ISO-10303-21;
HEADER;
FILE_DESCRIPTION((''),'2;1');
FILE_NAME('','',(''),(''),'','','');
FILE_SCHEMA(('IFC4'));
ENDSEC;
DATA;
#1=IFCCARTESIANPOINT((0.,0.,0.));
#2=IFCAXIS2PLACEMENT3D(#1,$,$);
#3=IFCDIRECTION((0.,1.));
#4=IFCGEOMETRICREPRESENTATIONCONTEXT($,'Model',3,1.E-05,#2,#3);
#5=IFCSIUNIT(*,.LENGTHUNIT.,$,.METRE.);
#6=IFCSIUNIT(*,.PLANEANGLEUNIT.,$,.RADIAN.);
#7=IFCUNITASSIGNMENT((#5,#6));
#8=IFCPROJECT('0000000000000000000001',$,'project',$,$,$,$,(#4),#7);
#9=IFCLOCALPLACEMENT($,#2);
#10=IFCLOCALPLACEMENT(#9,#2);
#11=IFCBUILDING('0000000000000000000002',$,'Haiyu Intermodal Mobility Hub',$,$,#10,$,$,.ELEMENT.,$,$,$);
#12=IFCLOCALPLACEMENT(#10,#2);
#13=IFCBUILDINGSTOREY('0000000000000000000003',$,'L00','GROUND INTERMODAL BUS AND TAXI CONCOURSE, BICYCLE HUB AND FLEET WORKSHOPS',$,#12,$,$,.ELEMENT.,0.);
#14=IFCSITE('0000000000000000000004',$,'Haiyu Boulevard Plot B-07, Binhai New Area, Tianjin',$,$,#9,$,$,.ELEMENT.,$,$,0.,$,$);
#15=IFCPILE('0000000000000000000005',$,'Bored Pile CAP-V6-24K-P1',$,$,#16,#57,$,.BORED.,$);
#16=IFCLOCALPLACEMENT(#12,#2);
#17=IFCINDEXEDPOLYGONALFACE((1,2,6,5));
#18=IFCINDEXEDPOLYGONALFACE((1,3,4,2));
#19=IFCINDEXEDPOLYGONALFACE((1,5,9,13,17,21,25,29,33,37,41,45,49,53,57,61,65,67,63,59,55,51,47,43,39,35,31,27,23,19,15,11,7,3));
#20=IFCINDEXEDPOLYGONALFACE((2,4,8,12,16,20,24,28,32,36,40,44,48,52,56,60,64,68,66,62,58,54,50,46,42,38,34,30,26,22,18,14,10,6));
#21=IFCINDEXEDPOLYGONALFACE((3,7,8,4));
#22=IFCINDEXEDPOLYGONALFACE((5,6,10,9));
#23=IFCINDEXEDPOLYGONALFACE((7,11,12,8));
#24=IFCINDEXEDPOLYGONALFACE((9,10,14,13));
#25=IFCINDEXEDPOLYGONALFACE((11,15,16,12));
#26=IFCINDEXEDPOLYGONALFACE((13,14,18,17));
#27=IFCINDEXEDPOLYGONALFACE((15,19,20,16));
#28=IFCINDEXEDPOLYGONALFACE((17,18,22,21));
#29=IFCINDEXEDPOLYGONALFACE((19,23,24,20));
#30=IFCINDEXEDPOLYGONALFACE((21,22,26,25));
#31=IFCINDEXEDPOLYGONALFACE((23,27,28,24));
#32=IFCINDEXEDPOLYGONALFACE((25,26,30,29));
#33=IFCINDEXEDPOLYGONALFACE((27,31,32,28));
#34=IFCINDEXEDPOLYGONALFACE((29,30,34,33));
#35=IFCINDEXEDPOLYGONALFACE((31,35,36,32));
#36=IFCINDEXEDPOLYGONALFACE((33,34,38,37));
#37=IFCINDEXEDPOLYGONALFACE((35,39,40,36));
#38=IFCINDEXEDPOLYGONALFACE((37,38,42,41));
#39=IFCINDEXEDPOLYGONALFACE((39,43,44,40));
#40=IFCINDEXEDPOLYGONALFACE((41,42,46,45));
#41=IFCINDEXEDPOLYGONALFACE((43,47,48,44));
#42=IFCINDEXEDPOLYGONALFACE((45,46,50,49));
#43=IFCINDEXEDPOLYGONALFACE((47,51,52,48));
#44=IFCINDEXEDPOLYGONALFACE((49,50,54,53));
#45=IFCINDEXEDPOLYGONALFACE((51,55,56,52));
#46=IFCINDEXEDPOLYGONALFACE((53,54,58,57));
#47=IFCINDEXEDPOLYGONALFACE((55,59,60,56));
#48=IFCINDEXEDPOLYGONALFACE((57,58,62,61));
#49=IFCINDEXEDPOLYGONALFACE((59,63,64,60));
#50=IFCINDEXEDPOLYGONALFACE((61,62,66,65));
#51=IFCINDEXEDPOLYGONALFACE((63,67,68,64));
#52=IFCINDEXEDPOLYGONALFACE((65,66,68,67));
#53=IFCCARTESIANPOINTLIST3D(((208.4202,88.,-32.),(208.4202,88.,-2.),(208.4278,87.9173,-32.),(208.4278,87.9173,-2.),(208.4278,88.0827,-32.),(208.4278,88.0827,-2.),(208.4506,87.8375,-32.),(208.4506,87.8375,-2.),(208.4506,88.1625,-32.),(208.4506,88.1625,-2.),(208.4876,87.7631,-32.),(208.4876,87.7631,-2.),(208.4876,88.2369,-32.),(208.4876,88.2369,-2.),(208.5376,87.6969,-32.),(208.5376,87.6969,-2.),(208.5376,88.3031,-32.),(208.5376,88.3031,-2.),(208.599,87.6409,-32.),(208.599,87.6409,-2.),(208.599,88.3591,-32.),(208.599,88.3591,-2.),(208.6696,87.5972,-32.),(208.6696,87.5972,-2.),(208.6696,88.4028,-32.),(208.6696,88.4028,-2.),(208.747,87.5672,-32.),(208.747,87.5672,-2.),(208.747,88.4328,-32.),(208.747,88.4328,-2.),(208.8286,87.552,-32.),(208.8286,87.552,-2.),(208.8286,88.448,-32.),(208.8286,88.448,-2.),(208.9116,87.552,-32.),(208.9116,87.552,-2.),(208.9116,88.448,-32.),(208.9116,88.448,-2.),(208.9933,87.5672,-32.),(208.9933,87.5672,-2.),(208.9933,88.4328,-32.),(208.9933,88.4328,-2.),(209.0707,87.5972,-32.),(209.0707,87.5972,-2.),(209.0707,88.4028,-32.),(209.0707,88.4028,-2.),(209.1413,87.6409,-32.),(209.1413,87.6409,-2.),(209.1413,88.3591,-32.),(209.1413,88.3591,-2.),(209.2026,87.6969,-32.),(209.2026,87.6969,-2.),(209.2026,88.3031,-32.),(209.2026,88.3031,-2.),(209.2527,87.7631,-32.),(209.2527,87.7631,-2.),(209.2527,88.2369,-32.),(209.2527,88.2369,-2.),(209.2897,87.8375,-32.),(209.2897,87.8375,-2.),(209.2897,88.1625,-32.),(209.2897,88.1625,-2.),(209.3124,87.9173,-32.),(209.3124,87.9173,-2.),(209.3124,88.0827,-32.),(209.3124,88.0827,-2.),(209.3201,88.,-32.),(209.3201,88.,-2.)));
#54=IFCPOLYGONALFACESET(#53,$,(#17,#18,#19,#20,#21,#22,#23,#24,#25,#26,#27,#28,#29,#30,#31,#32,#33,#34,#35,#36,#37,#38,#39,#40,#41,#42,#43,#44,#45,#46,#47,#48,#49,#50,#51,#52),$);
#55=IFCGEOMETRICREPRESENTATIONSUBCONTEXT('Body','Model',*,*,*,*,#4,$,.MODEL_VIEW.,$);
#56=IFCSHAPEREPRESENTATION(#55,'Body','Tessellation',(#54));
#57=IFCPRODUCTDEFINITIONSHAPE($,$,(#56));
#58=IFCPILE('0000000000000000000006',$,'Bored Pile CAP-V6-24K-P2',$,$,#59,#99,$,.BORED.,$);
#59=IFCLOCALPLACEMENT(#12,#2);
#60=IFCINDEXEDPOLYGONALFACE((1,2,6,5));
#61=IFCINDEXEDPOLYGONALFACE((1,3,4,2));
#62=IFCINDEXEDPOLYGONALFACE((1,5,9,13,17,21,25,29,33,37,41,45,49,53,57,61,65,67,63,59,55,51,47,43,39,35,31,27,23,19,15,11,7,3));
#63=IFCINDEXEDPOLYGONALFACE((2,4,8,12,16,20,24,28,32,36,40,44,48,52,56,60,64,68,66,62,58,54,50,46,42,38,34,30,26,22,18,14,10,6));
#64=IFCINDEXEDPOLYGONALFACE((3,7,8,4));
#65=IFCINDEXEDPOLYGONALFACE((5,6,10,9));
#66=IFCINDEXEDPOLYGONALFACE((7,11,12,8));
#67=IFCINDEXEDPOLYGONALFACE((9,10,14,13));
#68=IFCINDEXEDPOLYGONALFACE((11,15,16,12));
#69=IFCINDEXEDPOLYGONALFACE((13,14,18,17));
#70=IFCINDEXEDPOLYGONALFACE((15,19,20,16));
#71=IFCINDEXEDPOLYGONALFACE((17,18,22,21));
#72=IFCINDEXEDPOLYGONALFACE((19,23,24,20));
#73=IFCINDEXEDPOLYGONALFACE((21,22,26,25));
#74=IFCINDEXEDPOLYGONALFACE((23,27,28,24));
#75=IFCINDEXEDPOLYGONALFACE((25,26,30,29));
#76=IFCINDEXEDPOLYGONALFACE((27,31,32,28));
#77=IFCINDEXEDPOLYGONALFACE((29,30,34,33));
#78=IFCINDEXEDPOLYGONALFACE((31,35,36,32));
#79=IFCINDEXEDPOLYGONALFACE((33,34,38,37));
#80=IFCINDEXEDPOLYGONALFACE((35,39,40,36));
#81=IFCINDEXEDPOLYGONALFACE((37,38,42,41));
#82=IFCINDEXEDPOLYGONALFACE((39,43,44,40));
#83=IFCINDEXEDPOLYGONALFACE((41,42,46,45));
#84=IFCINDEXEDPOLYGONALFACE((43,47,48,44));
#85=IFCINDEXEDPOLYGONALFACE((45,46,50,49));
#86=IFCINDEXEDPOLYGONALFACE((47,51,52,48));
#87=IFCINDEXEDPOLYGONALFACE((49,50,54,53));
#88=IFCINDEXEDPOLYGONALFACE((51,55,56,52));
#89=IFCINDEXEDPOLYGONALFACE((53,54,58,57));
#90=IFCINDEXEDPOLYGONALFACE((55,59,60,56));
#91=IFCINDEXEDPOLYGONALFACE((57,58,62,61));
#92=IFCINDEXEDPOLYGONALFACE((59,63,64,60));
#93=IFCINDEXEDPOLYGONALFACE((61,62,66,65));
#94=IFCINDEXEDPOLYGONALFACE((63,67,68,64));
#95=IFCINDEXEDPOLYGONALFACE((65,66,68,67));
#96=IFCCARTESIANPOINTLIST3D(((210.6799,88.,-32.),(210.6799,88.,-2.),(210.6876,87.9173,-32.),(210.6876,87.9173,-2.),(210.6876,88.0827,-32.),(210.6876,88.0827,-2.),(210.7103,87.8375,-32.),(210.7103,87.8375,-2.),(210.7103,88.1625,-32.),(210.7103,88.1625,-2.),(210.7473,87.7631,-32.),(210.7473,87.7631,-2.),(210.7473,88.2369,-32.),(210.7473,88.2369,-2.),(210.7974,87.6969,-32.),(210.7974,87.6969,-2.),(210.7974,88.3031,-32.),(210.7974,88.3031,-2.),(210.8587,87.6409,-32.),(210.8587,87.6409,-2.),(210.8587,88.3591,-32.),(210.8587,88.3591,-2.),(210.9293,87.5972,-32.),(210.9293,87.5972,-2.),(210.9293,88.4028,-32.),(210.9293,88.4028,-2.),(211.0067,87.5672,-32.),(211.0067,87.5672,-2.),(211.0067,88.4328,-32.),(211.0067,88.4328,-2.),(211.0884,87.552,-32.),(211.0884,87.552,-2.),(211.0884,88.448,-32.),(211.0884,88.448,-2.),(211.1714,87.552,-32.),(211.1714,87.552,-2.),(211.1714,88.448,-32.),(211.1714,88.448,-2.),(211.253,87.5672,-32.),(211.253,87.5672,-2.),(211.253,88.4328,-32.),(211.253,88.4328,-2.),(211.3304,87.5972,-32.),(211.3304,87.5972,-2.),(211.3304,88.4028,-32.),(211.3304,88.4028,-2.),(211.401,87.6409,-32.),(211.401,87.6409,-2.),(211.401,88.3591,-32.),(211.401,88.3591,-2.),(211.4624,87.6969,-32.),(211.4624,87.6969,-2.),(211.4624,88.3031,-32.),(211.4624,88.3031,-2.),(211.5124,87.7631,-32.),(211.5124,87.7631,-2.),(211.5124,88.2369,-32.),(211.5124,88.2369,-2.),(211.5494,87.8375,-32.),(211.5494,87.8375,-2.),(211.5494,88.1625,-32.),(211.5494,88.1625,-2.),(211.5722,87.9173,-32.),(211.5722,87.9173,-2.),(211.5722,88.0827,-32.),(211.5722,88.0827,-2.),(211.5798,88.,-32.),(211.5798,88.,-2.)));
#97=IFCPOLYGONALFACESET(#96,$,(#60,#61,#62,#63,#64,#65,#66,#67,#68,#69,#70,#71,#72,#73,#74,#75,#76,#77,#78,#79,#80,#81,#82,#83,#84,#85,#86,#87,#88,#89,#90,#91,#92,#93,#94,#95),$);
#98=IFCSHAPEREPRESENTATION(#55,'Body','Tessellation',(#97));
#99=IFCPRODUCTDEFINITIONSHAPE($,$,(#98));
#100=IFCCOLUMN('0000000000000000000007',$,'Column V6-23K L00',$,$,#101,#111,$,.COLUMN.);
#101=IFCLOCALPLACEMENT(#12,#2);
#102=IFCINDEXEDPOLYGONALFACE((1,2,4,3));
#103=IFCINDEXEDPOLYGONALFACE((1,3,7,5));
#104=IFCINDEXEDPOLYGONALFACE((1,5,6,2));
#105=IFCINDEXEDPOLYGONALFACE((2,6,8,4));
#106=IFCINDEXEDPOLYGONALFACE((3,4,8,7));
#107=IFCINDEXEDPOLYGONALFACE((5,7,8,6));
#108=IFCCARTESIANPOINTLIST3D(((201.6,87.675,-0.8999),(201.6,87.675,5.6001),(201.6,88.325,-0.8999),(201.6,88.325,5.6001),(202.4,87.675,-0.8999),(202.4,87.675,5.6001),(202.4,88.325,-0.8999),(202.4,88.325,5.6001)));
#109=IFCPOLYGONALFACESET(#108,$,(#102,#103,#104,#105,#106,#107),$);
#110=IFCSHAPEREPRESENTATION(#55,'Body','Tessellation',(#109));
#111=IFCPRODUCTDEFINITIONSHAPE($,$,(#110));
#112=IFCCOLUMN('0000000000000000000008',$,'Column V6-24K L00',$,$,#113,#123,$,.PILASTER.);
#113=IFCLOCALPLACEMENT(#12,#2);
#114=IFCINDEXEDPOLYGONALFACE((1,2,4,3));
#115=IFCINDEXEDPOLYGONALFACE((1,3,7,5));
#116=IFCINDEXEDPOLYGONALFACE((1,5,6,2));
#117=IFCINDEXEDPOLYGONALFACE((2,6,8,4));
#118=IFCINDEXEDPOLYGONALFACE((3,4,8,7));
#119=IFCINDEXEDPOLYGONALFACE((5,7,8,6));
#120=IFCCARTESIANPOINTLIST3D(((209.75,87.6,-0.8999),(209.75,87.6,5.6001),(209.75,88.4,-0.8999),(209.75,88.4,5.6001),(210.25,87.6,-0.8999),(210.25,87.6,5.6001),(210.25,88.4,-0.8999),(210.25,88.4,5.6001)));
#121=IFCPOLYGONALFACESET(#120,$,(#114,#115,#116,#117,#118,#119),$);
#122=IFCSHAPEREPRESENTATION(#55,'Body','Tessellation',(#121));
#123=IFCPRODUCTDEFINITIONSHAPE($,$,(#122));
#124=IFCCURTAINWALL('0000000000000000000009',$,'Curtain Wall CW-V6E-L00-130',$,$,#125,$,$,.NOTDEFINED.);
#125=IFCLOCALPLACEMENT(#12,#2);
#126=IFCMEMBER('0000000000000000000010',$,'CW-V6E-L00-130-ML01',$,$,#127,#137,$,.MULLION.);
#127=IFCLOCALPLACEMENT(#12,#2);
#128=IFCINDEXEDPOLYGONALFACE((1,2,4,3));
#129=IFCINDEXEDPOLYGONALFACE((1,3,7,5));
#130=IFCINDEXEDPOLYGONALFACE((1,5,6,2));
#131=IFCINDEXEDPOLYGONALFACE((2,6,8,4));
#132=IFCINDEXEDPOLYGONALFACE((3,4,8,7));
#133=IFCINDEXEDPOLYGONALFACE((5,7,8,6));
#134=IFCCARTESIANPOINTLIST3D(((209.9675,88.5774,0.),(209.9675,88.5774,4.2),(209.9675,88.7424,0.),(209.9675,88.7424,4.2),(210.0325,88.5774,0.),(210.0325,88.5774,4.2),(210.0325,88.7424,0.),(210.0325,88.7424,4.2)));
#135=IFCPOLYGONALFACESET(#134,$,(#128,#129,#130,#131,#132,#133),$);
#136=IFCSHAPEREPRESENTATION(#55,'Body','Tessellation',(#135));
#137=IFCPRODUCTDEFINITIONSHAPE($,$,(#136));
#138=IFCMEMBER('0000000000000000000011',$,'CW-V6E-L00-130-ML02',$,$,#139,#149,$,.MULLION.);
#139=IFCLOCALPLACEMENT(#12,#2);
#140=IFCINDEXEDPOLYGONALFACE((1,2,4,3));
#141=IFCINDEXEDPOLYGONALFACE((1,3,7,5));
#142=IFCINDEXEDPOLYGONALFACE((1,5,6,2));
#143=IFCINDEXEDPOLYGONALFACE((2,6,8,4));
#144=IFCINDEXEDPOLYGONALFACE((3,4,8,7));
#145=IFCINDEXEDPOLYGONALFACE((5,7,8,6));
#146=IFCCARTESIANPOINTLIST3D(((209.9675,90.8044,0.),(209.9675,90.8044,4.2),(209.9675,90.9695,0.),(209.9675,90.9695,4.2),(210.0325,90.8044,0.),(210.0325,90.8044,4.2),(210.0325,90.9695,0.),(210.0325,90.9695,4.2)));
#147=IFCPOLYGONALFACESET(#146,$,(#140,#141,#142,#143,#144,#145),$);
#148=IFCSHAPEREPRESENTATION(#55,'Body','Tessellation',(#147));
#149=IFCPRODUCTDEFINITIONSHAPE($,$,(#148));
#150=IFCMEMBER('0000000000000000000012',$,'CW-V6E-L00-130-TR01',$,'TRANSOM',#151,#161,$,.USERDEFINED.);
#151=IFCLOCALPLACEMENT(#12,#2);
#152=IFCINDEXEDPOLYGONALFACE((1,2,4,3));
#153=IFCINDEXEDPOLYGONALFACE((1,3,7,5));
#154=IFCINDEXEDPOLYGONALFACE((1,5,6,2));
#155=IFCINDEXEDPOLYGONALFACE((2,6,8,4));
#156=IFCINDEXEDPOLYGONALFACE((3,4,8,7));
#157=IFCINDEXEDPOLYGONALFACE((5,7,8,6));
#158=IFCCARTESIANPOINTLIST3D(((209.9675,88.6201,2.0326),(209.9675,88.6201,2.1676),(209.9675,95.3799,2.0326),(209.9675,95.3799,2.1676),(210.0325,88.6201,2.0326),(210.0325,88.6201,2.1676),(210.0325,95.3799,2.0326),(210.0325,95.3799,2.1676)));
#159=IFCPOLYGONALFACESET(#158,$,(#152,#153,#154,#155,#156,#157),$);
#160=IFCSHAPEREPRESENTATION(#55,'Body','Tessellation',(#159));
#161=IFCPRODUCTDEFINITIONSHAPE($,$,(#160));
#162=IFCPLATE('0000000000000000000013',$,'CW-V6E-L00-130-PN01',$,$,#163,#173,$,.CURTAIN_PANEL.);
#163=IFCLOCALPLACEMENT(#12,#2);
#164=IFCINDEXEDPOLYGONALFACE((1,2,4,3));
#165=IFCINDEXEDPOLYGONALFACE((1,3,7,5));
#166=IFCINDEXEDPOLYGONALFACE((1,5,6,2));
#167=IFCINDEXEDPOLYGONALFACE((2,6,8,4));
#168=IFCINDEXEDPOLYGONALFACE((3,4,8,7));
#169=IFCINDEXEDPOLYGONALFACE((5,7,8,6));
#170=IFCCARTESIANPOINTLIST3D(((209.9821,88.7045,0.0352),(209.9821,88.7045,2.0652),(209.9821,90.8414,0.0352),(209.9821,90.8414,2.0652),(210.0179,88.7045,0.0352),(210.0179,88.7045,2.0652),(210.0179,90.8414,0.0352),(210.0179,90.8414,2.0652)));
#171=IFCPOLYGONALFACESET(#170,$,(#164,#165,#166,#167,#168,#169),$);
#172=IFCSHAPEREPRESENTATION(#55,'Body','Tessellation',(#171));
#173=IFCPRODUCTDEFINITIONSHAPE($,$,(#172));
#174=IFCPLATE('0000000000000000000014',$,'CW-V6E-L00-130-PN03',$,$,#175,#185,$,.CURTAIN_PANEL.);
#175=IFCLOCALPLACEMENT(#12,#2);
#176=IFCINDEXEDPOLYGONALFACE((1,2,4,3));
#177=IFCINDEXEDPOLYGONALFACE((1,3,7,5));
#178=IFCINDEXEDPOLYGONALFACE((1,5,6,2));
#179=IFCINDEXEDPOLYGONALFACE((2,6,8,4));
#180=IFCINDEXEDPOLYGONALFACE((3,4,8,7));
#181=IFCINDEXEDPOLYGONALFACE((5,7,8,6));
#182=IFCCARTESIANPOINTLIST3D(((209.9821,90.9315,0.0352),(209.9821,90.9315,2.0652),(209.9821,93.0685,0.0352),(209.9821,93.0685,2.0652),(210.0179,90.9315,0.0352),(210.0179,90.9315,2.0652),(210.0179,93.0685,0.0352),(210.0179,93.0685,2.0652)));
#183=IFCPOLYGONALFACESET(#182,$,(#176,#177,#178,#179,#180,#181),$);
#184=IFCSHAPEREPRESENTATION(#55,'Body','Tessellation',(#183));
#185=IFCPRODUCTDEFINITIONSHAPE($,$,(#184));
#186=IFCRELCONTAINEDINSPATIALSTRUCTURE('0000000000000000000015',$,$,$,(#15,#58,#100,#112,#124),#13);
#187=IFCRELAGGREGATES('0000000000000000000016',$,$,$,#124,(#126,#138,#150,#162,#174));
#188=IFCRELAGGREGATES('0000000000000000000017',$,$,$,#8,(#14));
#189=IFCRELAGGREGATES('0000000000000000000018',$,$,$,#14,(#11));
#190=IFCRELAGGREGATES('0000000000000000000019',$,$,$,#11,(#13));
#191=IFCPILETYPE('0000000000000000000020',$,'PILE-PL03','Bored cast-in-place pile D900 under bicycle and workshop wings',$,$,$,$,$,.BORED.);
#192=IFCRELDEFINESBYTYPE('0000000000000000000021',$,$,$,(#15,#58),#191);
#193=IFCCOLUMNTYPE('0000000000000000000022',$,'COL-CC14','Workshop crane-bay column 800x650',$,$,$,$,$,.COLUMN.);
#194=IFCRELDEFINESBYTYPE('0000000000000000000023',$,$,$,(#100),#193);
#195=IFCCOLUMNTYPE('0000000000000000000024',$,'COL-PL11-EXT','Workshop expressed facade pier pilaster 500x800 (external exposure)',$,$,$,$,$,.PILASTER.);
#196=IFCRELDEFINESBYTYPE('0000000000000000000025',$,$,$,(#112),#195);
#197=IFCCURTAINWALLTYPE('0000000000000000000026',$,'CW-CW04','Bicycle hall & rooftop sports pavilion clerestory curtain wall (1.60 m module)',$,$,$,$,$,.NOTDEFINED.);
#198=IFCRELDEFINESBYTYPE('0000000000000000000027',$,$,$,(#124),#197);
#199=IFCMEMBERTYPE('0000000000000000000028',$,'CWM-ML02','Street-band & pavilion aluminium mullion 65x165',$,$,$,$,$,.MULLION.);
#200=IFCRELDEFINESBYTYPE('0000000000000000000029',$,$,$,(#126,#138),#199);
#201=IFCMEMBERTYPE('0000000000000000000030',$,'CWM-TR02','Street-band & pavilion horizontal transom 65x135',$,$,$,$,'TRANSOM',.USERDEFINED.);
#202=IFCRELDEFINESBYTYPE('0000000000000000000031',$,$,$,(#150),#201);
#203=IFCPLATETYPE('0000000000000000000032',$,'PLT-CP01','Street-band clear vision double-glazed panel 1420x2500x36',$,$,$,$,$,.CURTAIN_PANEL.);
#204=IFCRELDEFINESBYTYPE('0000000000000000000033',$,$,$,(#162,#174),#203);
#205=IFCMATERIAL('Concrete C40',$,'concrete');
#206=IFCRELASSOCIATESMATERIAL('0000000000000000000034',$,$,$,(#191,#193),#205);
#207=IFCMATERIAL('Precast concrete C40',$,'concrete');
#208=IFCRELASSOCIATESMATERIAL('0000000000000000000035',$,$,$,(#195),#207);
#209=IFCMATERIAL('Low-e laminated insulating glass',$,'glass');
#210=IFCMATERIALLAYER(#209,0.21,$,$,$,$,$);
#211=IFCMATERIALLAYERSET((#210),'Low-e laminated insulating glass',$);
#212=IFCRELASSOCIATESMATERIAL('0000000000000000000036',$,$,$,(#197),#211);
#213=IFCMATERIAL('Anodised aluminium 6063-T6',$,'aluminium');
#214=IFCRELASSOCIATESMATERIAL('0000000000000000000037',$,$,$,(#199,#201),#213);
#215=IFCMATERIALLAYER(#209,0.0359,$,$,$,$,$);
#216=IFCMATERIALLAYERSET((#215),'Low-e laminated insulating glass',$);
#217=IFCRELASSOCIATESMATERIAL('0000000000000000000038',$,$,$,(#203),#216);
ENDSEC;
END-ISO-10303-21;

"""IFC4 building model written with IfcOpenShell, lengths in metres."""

from ifc_helpers import new_model, si_unit, direction, frame, origin, origin_2d, place, context, subcontext, project, spatial, rectangle, circle, extrude, material, layer, layer_set, material_profile, profile_set, type_object, element, aggregate, save


model = new_model("IFC4")

# Units and contexts
model_context = context("Model", 3, precision=1e-05, world=origin(), true_north=direction((0.0, 1.0)))
body_context = subcontext(model_context, "Body", "Model", "MODEL_VIEW")
ifc_project = project(units=[si_unit("LENGTHUNIT", "METRE"), si_unit("PLANEANGLEUNIT", "RADIAN")], contexts=[model_context])

# Site, building, storey
site_placement = place(None, origin())
site = spatial("IfcSite", under=ifc_project, at=site_placement, Name="Haiyu Boulevard Plot B-07, Binhai New Area, Tianjin", CompositionType="ELEMENT", RefElevation=0.0)
building_placement = place(site_placement, origin())
building = spatial("IfcBuilding", under=site, at=building_placement, Name="Haiyu Intermodal Mobility Hub", CompositionType="ELEMENT")
storey_placement = place(building_placement, origin())
storey = spatial("IfcBuildingStorey", under=building, at=storey_placement, Name="L00", Description="GROUND INTERMODAL BUS AND TAXI CONCOURSE, BICYCLE HUB AND FLEET WORKSHOPS", CompositionType="ELEMENT", Elevation=0.0)

# Shared definitions
ifc_material_1 = material(Name="Concrete C40", Category="concrete")

# Piles
ifc_material_profile_1 = material_profile(ifc_material_1, circle(Radius=0.45, at=origin_2d()), Name="PILE-D900")
ifc_profile_set_1 = profile_set([ifc_material_profile_1], Name="Concrete C40")
pile_type = type_object("IfcPileType", Name="PILE-PL03", Description="Bored cast-in-place pile D900 under bicycle and workshop wings", PredefinedType="BORED", material=ifc_profile_set_1)
for number, where, z_axis, x_axis, name in (
    (1, (208.8701, 88.0, -2.0), (0.0, 0.0, -1.0), (1.0, 0.0, 0.0), "Bored Pile CAP-V6-24K-P1"),
    (2, (211.1299, 88.0, -2.0), (0.0, 0.0, -1.0), (1.0, 0.0, 0.0), "Bored Pile CAP-V6-24K-P2"),
):
    element("IfcPile", number, at=place(storey_placement, frame(where, z_axis=z_axis, x_axis=x_axis)), inside=storey, type_object=pile_type, Name=name, PredefinedType="BORED", context=body_context, shape_type="SweptSolid", body=[
        extrude(circle(Radius=0.45, at=origin_2d()), origin(), (0.0, 0.0, 1.0), 30.0),
    ])

# Columns
ifc_material_profile_2 = material_profile(ifc_material_1, rectangle(XDim=0.8, YDim=0.6499, at=origin_2d()), Name="C800x650")
ifc_profile_set_2 = profile_set([ifc_material_profile_2], Name="Concrete C40")
column_type_1 = type_object("IfcColumnType", Name="COL-CC14", Description="Workshop crane-bay column 800x650", PredefinedType="COLUMN", material=ifc_profile_set_2)
column_1_placement = place(storey_placement, frame((202.0, 88.0, -0.8999), z_axis=(0.0, 0.0, 1.0), x_axis=(1.0, 0.0, 0.0)))
element("IfcColumn", 3, at=column_1_placement, inside=storey, type_object=column_type_1, Name="Column V6-23K L00", PredefinedType="COLUMN", context=body_context, shape_type="SweptSolid", body=[
    extrude(rectangle(XDim=0.8, YDim=0.6499, at=origin_2d()), origin(), (0.0, 0.0, 1.0), 6.5),
])
ifc_material_2 = material(Name="Precast concrete C40", Category="concrete")
ifc_material_profile_3 = material_profile(ifc_material_2, rectangle(XDim=0.5, YDim=0.8, at=origin_2d()), Name="RC500x800")
ifc_profile_set_3 = profile_set([ifc_material_profile_3], Name="Precast concrete C40")
column_type_2 = type_object("IfcColumnType", Name="COL-PL11-EXT", Description="Workshop expressed facade pier pilaster 500x800 (external exposure)", PredefinedType="PILASTER", material=ifc_profile_set_3)
column_2_placement = place(storey_placement, frame((210.0, 88.0, -0.8999), z_axis=(0.0, 0.0, 1.0), x_axis=(1.0, 0.0, 0.0)))
element("IfcColumn", 4, at=column_2_placement, inside=storey, type_object=column_type_2, Name="Column V6-24K L00", PredefinedType="PILASTER", context=body_context, shape_type="SweptSolid", body=[
    extrude(rectangle(XDim=0.5, YDim=0.8, at=origin_2d()), origin(), (0.0, 0.0, 1.0), 6.5),
])

# Curtain wall, members, plates
ifc_material_3 = material(Name="Low-e laminated insulating glass", Category="glass")
ifc_layer_1 = layer(ifc_material_3, 0.21)
ifc_layer_set_1 = layer_set([ifc_layer_1], Name="Low-e laminated insulating glass")
curtain_wall_type = type_object("IfcCurtainWallType", Name="CW-CW04", Description="Bicycle hall & rooftop sports pavilion clerestory curtain wall (1.60 m module)", PredefinedType="NOTDEFINED", material=ifc_layer_set_1)
curtain_wall_placement = place(storey_placement, origin())
curtain_wall = element("IfcCurtainWall", 5, at=curtain_wall_placement, inside=storey, type_object=curtain_wall_type, Name="Curtain Wall CW-V6E-L00-130", PredefinedType="NOTDEFINED")
ifc_material_4 = material(Name="Anodised aluminium 6063-T6", Category="aluminium")
ifc_material_profile_4 = material_profile(ifc_material_4, rectangle(XDim=0.0649, YDim=0.165, at=origin_2d()), Name="ALU65x165")
ifc_profile_set_4 = profile_set([ifc_material_profile_4], Name="Anodised aluminium 6063-T6")
member_type_1 = type_object("IfcMemberType", Name="CWM-ML02", Description="Street-band & pavilion aluminium mullion 65x165", PredefinedType="MULLION", material=ifc_profile_set_4)
member_1_placement = place(storey_placement, frame((210.0, 88.6599, 0.0), z_axis=(0.0, 0.0, 1.0), x_axis=(1.0, 0.0, 0.0)))
member_1 = element("IfcMember", 6, at=member_1_placement, type_object=member_type_1, Name="CW-V6E-L00-130-ML01", PredefinedType="MULLION", context=body_context, shape_type="SweptSolid", body=[
    extrude(rectangle(XDim=0.0649, YDim=0.165, at=origin_2d()), origin(), (0.0, 0.0, 1.0), 4.2),
])
member_2_placement = place(storey_placement, frame((210.0, 90.887, 0.0), z_axis=(0.0, 0.0, 1.0), x_axis=(1.0, 0.0, 0.0)))
member_2 = element("IfcMember", 7, at=member_2_placement, type_object=member_type_1, Name="CW-V6E-L00-130-ML02", PredefinedType="MULLION", context=body_context, shape_type="SweptSolid", body=[
    extrude(rectangle(XDim=0.0649, YDim=0.165, at=origin_2d()), origin(), (0.0, 0.0, 1.0), 4.2),
])
ifc_material_profile_5 = material_profile(ifc_material_4, rectangle(XDim=0.0649, YDim=0.135, at=origin_2d()), Name="ALU65x135")
ifc_profile_set_5 = profile_set([ifc_material_profile_5], Name="Anodised aluminium 6063-T6")
member_type_2 = type_object("IfcMemberType", Name="CWM-TR02", Description="Street-band & pavilion horizontal transom 65x135", ElementType="TRANSOM", PredefinedType="USERDEFINED", material=ifc_profile_set_5)
member_3_placement = place(storey_placement, frame((210.0, 88.6201, 2.1001), z_axis=(0.0, 1.0, 0.0), x_axis=(-1.0, 0.0, 0.0)))
member_3 = element("IfcMember", 8, at=member_3_placement, type_object=member_type_2, Name="CW-V6E-L00-130-TR01", ObjectType="TRANSOM", PredefinedType="USERDEFINED", context=body_context, shape_type="SweptSolid", body=[
    extrude(rectangle(XDim=0.0649, YDim=0.135, at=origin_2d()), origin(), (0.0, 0.0, 1.0), 6.7598),
])
ifc_layer_2 = layer(ifc_material_3, 0.0359)
ifc_layer_set_2 = layer_set([ifc_layer_2], Name="Low-e laminated insulating glass")
plate_type_1 = type_object("IfcPlateType", Name="PLT-CP01", Description="Street-band clear vision double-glazed panel 1420x2500x36", PredefinedType="CURTAIN_PANEL", material=ifc_layer_set_2)
plate_1_placement = place(storey_placement, frame((210.0, 89.7729, 0.0352), z_axis=(0.0, 0.0, 1.0), x_axis=(0.0, 1.0, 0.0)))
plate_1 = element("IfcPlate", 9, at=plate_1_placement, type_object=plate_type_1, Name="CW-V6E-L00-130-PN01", PredefinedType="CURTAIN_PANEL", context=body_context, shape_type="SweptSolid", body=[
    extrude(rectangle(XDim=2.137, YDim=0.0359, at=origin_2d()), origin(), (0.0, 0.0, 1.0), 2.03),
])
plate_2_placement = place(storey_placement, frame((210.0, 92.0, 0.0352), z_axis=(0.0, 0.0, 1.0), x_axis=(0.0, 1.0, 0.0)))
plate_2 = element("IfcPlate", 10, at=plate_2_placement, type_object=plate_type_1, Name="CW-V6E-L00-130-PN03", PredefinedType="CURTAIN_PANEL", context=body_context, shape_type="SweptSolid", body=[
    extrude(rectangle(XDim=2.137, YDim=0.0359, at=origin_2d()), origin(), (0.0, 0.0, 1.0), 2.03),
])
aggregate(curtain_wall, [member_1, member_2, member_3, plate_1, plate_2])

save(model, "model.ifc")
